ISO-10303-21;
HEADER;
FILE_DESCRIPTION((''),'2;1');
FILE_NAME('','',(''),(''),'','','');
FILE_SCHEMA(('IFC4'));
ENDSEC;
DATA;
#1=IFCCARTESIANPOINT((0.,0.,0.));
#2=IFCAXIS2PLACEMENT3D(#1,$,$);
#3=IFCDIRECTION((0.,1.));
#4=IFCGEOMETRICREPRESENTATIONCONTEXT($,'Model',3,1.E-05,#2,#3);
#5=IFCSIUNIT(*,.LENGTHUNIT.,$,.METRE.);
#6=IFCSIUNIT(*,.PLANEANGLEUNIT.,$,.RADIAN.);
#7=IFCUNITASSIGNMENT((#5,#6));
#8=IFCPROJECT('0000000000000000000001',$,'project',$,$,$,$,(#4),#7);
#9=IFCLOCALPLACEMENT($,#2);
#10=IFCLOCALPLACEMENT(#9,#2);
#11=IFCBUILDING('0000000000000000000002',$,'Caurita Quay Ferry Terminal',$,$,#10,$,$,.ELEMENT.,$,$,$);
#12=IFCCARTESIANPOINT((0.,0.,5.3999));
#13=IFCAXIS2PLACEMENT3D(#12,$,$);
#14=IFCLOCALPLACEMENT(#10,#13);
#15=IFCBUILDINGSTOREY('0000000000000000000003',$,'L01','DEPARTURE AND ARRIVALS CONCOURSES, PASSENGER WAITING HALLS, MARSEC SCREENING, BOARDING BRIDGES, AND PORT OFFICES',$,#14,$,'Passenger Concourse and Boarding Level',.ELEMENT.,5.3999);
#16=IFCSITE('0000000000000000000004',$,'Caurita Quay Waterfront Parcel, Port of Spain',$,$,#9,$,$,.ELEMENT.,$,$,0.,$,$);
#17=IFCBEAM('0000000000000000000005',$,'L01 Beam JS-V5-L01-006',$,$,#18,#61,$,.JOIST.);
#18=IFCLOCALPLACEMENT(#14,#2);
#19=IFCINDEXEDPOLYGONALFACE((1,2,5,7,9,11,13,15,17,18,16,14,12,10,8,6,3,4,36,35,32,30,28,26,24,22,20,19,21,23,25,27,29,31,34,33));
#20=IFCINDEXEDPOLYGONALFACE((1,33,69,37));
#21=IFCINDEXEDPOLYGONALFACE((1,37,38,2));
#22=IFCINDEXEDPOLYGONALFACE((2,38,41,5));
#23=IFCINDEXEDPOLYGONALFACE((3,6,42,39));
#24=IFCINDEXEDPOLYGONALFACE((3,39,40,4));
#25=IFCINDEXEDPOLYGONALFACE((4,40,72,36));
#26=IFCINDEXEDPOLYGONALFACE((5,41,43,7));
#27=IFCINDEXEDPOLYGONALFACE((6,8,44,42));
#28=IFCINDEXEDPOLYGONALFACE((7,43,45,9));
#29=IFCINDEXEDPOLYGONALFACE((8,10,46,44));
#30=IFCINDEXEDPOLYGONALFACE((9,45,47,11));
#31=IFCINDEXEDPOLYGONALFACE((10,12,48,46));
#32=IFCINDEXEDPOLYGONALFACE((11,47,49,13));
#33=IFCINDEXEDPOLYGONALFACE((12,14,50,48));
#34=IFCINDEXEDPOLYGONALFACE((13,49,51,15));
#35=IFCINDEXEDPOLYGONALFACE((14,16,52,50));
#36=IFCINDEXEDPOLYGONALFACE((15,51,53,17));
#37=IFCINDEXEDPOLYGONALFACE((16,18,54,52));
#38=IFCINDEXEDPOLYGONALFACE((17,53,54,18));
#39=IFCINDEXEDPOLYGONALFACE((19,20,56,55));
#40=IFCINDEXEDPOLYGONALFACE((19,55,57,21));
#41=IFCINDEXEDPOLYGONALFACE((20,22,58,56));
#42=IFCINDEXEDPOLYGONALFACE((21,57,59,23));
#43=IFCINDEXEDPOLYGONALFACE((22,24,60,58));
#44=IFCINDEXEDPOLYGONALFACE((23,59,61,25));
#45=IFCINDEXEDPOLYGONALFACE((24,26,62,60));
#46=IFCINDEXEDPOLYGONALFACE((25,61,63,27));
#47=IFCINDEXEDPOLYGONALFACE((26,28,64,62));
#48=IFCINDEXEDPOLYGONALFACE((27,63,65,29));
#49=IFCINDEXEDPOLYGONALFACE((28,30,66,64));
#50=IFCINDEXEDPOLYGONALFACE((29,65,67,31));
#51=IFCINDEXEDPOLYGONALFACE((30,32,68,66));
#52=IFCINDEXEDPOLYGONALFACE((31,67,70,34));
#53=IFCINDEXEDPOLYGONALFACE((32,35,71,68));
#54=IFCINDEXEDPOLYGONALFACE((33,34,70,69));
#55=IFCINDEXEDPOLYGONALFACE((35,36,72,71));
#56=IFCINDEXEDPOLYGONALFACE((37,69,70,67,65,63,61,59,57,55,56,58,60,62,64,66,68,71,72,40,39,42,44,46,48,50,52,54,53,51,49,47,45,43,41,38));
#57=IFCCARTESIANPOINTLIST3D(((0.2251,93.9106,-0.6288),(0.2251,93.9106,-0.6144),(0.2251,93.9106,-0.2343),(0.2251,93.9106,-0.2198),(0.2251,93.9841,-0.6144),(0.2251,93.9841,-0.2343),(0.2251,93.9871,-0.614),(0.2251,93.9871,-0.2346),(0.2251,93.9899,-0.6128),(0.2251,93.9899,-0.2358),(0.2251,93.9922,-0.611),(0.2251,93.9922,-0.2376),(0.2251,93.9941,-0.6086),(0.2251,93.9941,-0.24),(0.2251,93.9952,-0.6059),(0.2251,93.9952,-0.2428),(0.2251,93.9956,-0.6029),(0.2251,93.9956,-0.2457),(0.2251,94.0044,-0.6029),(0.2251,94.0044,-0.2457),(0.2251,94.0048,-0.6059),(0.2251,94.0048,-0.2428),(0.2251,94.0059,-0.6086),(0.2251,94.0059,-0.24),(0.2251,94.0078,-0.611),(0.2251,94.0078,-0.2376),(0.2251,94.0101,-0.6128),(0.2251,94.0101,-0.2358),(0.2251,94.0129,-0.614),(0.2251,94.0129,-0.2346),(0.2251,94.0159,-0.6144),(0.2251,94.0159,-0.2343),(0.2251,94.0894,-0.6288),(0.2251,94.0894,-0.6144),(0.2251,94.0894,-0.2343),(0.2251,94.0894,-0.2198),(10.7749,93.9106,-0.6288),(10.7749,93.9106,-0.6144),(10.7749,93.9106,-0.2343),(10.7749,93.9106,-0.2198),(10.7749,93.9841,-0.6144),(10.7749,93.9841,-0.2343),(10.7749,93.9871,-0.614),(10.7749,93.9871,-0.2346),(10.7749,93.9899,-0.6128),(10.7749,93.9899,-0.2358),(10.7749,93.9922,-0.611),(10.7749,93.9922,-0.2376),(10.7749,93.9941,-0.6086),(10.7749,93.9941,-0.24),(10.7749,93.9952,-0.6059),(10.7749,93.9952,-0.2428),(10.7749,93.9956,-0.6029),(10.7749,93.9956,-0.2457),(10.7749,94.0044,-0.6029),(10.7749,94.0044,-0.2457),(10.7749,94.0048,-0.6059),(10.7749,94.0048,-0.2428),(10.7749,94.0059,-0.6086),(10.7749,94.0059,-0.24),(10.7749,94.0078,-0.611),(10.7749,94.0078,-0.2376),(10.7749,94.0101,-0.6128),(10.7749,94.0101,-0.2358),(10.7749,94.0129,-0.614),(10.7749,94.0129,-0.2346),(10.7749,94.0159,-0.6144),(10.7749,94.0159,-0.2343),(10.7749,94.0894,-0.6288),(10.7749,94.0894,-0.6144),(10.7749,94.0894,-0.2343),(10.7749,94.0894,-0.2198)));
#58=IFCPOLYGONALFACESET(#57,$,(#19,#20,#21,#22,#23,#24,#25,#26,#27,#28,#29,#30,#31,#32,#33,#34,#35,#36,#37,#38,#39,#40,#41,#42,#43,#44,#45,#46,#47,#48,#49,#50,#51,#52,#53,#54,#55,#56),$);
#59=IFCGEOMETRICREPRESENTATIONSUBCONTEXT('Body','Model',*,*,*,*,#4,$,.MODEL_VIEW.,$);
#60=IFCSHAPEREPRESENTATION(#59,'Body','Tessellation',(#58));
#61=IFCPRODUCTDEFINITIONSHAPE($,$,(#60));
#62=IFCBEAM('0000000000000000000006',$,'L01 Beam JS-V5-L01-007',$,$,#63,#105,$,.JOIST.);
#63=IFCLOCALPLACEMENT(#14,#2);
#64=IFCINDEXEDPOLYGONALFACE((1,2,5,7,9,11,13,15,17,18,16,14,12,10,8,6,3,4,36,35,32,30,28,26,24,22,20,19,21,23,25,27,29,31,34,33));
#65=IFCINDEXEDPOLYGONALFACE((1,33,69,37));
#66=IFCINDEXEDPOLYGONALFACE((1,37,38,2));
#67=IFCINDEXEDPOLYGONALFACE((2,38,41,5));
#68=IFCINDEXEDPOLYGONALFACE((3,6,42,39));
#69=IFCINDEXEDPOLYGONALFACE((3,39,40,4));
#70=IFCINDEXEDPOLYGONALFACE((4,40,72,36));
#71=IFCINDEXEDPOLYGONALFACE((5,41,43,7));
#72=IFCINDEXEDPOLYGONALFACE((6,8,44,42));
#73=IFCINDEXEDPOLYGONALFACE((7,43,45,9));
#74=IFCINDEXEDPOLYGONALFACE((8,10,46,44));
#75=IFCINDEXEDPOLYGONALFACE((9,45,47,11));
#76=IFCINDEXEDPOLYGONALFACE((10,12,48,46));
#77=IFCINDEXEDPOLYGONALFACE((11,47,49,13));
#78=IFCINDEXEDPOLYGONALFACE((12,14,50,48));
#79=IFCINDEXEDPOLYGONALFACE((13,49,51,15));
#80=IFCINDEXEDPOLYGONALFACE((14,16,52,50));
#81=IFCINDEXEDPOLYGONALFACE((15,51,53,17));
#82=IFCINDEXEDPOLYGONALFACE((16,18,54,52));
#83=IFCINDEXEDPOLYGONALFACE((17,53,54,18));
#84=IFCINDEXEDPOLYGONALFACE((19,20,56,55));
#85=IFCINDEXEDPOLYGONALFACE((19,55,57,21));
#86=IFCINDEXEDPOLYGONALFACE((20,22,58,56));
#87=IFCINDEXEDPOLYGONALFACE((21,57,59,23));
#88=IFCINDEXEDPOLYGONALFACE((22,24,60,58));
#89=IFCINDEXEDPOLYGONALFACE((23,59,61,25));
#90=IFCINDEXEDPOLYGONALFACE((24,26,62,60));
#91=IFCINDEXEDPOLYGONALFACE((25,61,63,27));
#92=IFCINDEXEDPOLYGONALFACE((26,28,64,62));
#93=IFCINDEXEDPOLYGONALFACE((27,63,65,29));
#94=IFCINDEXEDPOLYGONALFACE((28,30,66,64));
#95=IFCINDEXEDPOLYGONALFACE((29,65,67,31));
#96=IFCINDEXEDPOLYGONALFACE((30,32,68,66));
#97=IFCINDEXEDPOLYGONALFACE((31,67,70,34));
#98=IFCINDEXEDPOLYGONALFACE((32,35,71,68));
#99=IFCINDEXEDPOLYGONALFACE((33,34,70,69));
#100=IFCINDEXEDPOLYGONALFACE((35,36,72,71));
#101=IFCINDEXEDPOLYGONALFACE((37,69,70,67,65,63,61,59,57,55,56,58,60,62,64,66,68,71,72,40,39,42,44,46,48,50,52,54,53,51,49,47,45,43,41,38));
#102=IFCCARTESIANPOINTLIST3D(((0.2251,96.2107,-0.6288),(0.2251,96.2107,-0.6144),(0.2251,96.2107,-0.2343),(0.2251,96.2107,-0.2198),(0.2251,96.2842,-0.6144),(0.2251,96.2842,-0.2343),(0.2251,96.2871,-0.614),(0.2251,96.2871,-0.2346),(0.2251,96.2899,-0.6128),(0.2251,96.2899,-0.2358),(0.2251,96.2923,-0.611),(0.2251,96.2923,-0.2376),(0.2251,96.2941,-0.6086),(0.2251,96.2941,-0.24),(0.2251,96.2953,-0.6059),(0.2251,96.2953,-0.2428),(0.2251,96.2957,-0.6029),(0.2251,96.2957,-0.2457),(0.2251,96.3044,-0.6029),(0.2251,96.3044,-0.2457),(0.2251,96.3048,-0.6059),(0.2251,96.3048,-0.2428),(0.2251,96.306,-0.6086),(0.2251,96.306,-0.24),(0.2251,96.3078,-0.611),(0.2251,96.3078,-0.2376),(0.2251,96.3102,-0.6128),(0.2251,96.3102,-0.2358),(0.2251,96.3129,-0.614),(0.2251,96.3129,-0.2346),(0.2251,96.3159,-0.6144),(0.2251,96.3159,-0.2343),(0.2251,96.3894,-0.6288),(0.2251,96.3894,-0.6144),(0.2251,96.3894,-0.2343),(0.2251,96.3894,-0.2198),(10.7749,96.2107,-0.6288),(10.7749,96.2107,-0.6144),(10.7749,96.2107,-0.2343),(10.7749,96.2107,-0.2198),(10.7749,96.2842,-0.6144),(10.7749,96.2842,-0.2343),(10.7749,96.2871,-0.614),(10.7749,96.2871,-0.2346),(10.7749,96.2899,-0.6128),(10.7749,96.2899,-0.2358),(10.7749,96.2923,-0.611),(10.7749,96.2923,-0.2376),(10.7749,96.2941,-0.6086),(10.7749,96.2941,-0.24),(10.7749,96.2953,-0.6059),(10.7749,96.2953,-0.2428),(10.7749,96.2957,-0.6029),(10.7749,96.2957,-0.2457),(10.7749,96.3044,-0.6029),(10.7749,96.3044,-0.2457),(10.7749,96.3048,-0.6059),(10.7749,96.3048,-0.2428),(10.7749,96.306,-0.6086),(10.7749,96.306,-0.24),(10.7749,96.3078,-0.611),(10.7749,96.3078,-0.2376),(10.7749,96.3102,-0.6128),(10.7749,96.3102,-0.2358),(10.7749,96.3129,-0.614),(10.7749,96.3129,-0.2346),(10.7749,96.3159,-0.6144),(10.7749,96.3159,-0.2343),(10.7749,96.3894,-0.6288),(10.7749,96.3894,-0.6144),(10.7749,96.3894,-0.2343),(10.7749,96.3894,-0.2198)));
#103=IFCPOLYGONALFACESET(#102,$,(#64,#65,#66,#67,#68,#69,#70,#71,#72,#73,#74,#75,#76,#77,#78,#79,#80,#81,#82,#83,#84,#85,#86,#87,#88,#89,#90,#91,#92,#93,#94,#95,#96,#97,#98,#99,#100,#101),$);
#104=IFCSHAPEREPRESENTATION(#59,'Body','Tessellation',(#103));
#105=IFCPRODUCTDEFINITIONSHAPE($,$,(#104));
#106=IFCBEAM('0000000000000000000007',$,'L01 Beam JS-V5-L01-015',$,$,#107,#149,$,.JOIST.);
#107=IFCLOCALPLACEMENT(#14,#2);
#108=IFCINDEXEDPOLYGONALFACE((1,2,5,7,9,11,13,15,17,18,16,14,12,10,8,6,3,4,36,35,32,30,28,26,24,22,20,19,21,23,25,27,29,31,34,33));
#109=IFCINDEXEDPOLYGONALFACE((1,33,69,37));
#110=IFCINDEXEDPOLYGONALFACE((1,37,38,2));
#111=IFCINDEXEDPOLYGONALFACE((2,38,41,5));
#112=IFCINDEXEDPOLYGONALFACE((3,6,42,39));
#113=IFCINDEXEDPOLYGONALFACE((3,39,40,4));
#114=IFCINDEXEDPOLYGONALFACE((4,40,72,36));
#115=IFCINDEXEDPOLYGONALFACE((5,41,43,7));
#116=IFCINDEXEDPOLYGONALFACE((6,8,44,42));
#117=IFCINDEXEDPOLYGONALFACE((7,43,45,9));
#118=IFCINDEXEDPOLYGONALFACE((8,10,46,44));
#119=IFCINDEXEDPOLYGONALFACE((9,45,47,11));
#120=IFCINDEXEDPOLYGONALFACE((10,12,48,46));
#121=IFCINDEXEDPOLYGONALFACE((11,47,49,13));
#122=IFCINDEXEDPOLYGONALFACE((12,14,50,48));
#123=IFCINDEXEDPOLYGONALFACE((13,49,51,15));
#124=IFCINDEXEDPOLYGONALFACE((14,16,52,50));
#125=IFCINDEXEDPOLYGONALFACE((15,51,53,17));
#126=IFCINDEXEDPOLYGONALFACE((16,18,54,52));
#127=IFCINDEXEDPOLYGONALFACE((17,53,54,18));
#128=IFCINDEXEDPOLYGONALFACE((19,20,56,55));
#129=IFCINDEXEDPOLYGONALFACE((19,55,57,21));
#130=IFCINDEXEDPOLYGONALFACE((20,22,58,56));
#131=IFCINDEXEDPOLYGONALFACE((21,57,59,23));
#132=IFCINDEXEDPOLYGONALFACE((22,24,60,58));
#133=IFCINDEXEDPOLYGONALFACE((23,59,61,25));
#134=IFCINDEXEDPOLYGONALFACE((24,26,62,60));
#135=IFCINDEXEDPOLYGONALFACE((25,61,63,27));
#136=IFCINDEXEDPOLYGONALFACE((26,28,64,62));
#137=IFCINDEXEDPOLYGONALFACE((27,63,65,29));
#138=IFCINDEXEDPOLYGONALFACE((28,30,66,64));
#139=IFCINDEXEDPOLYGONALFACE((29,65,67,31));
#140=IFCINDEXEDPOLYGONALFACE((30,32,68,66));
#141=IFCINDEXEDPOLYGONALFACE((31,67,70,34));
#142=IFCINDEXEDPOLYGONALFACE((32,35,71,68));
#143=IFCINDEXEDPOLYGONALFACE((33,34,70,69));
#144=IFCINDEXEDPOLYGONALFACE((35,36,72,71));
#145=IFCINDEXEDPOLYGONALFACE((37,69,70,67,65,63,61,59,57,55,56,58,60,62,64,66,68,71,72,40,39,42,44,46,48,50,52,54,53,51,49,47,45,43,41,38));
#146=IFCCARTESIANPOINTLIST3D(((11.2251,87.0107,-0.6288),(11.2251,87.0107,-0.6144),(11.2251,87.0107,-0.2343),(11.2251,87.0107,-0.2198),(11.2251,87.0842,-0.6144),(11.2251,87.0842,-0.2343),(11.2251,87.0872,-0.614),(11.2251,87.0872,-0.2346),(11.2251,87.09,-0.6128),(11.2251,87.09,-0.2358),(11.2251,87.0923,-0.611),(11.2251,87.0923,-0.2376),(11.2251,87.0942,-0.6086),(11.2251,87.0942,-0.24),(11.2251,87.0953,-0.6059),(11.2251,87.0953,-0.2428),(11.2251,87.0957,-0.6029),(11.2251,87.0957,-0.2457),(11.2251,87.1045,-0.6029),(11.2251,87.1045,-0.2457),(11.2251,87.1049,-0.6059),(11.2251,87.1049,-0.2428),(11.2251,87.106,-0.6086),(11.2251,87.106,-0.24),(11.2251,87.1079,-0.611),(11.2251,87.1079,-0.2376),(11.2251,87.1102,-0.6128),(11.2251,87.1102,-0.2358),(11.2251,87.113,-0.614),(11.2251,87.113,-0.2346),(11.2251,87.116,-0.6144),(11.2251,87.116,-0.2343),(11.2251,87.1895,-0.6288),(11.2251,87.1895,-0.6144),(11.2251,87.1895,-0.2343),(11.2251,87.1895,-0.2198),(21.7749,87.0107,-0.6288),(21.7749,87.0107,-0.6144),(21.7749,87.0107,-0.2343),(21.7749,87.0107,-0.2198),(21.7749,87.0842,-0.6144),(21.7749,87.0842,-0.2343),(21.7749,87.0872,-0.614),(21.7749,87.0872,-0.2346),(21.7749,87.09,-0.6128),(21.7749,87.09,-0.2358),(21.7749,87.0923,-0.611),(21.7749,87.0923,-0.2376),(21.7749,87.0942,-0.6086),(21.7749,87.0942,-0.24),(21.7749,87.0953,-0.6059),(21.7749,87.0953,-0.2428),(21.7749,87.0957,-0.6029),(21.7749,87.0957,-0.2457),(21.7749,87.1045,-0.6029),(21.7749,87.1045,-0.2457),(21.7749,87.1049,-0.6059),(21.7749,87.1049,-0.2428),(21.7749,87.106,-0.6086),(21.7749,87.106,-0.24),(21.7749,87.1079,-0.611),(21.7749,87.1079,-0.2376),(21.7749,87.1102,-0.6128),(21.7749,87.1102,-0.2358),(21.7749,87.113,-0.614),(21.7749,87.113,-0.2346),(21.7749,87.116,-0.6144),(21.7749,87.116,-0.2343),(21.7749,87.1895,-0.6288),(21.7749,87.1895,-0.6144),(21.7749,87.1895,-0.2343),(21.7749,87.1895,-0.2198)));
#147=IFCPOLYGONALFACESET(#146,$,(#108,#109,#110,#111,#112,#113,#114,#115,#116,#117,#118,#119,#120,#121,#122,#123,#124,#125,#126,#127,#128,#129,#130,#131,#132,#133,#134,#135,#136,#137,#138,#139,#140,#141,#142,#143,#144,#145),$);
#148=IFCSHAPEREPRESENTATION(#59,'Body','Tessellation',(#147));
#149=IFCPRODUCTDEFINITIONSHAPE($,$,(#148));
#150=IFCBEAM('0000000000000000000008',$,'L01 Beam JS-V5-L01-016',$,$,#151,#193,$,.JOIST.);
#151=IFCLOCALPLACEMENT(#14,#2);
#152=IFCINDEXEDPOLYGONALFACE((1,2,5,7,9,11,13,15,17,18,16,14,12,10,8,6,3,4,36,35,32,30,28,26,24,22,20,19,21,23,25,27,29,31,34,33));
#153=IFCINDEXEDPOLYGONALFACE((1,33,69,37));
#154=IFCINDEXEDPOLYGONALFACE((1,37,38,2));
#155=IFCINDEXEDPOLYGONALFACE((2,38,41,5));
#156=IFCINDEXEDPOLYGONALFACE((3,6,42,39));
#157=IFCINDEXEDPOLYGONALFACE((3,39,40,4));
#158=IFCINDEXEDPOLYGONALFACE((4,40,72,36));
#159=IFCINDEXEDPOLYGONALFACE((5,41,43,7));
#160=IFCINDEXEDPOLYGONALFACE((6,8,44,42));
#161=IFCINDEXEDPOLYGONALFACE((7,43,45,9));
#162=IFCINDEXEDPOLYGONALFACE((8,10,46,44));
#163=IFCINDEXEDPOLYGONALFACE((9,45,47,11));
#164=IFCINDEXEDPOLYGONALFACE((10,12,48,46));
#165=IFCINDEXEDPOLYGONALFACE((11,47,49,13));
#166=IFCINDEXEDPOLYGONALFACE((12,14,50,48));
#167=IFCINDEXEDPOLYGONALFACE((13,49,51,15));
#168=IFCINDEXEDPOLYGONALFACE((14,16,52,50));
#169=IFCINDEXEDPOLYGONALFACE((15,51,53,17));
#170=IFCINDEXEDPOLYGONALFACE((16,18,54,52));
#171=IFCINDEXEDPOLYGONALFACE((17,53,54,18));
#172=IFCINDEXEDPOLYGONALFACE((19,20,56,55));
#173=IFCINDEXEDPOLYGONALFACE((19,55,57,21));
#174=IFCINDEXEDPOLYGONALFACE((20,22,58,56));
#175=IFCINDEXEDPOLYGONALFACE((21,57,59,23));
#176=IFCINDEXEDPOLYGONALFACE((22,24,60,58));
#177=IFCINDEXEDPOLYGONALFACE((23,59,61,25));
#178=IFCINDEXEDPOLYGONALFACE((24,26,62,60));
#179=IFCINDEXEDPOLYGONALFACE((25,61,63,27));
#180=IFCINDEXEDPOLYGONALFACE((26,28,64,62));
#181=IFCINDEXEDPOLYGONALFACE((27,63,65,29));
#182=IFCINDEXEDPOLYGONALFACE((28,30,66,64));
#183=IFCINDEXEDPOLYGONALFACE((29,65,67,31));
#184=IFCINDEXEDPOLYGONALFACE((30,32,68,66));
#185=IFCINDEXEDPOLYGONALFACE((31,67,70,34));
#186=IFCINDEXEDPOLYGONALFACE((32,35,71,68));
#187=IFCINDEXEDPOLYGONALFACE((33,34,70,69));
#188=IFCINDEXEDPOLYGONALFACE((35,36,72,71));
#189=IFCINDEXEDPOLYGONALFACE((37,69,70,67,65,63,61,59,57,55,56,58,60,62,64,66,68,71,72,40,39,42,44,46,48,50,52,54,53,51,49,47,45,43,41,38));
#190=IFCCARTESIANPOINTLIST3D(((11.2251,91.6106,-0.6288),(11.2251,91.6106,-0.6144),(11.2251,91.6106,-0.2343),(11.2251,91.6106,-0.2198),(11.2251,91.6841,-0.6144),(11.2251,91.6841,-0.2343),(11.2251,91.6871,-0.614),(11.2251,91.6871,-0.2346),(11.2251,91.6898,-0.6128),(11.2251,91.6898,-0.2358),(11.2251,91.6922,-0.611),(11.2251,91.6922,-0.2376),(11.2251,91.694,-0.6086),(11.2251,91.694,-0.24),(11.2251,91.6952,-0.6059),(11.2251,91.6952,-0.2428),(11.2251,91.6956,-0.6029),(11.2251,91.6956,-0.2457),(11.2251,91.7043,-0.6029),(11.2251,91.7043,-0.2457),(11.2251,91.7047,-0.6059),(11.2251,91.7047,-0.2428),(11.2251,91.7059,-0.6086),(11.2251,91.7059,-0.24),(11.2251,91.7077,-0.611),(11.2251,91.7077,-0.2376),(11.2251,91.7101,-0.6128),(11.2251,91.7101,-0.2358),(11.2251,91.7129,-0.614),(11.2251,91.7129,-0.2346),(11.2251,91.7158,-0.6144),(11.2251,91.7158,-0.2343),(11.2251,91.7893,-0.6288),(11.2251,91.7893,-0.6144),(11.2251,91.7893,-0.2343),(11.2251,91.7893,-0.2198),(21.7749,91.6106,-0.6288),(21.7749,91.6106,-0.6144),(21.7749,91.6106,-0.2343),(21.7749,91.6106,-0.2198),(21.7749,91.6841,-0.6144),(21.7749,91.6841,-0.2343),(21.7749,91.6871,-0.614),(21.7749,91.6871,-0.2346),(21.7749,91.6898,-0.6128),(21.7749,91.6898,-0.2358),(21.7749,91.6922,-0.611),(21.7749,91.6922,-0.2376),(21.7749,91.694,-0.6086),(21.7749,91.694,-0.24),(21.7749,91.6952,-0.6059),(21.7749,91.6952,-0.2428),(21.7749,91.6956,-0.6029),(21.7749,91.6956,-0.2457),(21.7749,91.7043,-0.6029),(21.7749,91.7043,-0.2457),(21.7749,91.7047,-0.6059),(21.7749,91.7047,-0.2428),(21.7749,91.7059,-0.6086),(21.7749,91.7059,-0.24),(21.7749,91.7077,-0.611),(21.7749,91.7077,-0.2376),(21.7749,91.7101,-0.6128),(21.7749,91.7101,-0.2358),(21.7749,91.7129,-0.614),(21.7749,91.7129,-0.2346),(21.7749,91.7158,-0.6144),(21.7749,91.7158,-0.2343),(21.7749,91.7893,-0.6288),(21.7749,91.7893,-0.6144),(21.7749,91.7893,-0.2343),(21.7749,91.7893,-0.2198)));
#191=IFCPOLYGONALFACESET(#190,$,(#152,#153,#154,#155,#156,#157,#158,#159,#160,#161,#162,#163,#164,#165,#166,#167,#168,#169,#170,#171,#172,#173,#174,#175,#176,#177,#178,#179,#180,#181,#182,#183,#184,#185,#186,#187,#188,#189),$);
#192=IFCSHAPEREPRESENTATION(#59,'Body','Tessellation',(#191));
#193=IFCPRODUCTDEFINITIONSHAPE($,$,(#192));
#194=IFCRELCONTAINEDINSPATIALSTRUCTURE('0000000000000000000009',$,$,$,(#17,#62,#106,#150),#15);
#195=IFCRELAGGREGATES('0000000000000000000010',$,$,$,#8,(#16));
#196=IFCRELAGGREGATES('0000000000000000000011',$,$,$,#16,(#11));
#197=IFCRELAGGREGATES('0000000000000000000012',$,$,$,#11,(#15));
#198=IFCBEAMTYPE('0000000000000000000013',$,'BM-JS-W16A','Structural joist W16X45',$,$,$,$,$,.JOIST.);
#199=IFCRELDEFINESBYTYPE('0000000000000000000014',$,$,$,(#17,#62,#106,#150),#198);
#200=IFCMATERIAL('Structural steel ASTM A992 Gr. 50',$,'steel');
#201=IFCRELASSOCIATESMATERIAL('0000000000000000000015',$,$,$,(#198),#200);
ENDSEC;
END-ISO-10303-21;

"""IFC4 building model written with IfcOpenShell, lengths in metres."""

from ifc_helpers import new_model, si_unit, direction, frame, origin, origin_2d, place, context, subcontext, project, spatial, i_section, extrude, material, material_profile, profile_set, type_object, element, save


model = new_model("IFC4")

# Units and contexts
model_context = context("Model", 3, precision=1e-05, world=origin(), true_north=direction((0.0, 1.0)))
body_context = subcontext(model_context, "Body", "Model", "MODEL_VIEW")
ifc_project = project(units=[si_unit("LENGTHUNIT", "METRE"), si_unit("PLANEANGLEUNIT", "RADIAN")], contexts=[model_context])

# Site, building, storey
site_placement = place(None, origin())
site = spatial("IfcSite", under=ifc_project, at=site_placement, Name="Caurita Quay Waterfront Parcel, Port of Spain", CompositionType="ELEMENT", RefElevation=0.0)
building_placement = place(site_placement, origin())
building = spatial("IfcBuilding", under=site, at=building_placement, Name="Caurita Quay Ferry Terminal", CompositionType="ELEMENT")
storey_placement = place(building_placement, frame((0.0, 0.0, 5.3999)))
storey = spatial("IfcBuildingStorey", under=building, at=storey_placement, Name="L01", Description="DEPARTURE AND ARRIVALS CONCOURSES, PASSENGER WAITING HALLS, MARSEC SCREENING, BOARDING BRIDGES, AND PORT OFFICES", LongName="Passenger Concourse and Boarding Level", CompositionType="ELEMENT", Elevation=5.3999)

# Beams
ifc_material_1 = material(Name="Structural steel ASTM A992 Gr. 50", Category="steel")
ifc_material_profile_1 = material_profile(ifc_material_1, i_section(OverallWidth=0.1787, OverallDepth=0.4089, WebThickness=0.0088, FlangeThickness=0.0144, FilletRadius=0.0115, at=origin_2d()), Name="W16X45")
ifc_profile_set_1 = profile_set([ifc_material_profile_1], Name="Structural steel ASTM A992 Gr. 50")
beam_type_1 = type_object("IfcBeamType", Name="BM-JS-W16A", Description="Structural joist W16X45", PredefinedType="JOIST", material=ifc_profile_set_1)
for number, where, z_axis, x_axis, name in (
    (1, (0.2251, 94.0, -0.4243), (1.0, 0.0, 0.0), (0.0, 1.0, 0.0), "L01 Beam JS-V5-L01-006"),
    (2, (0.2251, 96.3, -0.4243), (1.0, 0.0, 0.0), (0.0, 1.0, 0.0), "L01 Beam JS-V5-L01-007"),
    (3, (11.2251, 87.1001, -0.4243), (1.0, 0.0, 0.0), (0.0, 1.0, 0.0), "L01 Beam JS-V5-L01-015"),
    (4, (11.2251, 91.7, -0.4243), (1.0, 0.0, 0.0), (0.0, 1.0, 0.0), "L01 Beam JS-V5-L01-016"),
):
    element("IfcBeam", number, at=place(storey_placement, frame(where, z_axis=z_axis, x_axis=x_axis)), inside=storey, type_object=beam_type_1, Name=name, PredefinedType="JOIST", context=body_context, shape_type="SweptSolid", body=[
        extrude(i_section(OverallWidth=0.1787, OverallDepth=0.4089, WebThickness=0.0088, FlangeThickness=0.0144, FilletRadius=0.0115, at=origin_2d()), origin(), (0.0, 0.0, 1.0), 10.5498),
    ])

save(model, "model.ifc")
